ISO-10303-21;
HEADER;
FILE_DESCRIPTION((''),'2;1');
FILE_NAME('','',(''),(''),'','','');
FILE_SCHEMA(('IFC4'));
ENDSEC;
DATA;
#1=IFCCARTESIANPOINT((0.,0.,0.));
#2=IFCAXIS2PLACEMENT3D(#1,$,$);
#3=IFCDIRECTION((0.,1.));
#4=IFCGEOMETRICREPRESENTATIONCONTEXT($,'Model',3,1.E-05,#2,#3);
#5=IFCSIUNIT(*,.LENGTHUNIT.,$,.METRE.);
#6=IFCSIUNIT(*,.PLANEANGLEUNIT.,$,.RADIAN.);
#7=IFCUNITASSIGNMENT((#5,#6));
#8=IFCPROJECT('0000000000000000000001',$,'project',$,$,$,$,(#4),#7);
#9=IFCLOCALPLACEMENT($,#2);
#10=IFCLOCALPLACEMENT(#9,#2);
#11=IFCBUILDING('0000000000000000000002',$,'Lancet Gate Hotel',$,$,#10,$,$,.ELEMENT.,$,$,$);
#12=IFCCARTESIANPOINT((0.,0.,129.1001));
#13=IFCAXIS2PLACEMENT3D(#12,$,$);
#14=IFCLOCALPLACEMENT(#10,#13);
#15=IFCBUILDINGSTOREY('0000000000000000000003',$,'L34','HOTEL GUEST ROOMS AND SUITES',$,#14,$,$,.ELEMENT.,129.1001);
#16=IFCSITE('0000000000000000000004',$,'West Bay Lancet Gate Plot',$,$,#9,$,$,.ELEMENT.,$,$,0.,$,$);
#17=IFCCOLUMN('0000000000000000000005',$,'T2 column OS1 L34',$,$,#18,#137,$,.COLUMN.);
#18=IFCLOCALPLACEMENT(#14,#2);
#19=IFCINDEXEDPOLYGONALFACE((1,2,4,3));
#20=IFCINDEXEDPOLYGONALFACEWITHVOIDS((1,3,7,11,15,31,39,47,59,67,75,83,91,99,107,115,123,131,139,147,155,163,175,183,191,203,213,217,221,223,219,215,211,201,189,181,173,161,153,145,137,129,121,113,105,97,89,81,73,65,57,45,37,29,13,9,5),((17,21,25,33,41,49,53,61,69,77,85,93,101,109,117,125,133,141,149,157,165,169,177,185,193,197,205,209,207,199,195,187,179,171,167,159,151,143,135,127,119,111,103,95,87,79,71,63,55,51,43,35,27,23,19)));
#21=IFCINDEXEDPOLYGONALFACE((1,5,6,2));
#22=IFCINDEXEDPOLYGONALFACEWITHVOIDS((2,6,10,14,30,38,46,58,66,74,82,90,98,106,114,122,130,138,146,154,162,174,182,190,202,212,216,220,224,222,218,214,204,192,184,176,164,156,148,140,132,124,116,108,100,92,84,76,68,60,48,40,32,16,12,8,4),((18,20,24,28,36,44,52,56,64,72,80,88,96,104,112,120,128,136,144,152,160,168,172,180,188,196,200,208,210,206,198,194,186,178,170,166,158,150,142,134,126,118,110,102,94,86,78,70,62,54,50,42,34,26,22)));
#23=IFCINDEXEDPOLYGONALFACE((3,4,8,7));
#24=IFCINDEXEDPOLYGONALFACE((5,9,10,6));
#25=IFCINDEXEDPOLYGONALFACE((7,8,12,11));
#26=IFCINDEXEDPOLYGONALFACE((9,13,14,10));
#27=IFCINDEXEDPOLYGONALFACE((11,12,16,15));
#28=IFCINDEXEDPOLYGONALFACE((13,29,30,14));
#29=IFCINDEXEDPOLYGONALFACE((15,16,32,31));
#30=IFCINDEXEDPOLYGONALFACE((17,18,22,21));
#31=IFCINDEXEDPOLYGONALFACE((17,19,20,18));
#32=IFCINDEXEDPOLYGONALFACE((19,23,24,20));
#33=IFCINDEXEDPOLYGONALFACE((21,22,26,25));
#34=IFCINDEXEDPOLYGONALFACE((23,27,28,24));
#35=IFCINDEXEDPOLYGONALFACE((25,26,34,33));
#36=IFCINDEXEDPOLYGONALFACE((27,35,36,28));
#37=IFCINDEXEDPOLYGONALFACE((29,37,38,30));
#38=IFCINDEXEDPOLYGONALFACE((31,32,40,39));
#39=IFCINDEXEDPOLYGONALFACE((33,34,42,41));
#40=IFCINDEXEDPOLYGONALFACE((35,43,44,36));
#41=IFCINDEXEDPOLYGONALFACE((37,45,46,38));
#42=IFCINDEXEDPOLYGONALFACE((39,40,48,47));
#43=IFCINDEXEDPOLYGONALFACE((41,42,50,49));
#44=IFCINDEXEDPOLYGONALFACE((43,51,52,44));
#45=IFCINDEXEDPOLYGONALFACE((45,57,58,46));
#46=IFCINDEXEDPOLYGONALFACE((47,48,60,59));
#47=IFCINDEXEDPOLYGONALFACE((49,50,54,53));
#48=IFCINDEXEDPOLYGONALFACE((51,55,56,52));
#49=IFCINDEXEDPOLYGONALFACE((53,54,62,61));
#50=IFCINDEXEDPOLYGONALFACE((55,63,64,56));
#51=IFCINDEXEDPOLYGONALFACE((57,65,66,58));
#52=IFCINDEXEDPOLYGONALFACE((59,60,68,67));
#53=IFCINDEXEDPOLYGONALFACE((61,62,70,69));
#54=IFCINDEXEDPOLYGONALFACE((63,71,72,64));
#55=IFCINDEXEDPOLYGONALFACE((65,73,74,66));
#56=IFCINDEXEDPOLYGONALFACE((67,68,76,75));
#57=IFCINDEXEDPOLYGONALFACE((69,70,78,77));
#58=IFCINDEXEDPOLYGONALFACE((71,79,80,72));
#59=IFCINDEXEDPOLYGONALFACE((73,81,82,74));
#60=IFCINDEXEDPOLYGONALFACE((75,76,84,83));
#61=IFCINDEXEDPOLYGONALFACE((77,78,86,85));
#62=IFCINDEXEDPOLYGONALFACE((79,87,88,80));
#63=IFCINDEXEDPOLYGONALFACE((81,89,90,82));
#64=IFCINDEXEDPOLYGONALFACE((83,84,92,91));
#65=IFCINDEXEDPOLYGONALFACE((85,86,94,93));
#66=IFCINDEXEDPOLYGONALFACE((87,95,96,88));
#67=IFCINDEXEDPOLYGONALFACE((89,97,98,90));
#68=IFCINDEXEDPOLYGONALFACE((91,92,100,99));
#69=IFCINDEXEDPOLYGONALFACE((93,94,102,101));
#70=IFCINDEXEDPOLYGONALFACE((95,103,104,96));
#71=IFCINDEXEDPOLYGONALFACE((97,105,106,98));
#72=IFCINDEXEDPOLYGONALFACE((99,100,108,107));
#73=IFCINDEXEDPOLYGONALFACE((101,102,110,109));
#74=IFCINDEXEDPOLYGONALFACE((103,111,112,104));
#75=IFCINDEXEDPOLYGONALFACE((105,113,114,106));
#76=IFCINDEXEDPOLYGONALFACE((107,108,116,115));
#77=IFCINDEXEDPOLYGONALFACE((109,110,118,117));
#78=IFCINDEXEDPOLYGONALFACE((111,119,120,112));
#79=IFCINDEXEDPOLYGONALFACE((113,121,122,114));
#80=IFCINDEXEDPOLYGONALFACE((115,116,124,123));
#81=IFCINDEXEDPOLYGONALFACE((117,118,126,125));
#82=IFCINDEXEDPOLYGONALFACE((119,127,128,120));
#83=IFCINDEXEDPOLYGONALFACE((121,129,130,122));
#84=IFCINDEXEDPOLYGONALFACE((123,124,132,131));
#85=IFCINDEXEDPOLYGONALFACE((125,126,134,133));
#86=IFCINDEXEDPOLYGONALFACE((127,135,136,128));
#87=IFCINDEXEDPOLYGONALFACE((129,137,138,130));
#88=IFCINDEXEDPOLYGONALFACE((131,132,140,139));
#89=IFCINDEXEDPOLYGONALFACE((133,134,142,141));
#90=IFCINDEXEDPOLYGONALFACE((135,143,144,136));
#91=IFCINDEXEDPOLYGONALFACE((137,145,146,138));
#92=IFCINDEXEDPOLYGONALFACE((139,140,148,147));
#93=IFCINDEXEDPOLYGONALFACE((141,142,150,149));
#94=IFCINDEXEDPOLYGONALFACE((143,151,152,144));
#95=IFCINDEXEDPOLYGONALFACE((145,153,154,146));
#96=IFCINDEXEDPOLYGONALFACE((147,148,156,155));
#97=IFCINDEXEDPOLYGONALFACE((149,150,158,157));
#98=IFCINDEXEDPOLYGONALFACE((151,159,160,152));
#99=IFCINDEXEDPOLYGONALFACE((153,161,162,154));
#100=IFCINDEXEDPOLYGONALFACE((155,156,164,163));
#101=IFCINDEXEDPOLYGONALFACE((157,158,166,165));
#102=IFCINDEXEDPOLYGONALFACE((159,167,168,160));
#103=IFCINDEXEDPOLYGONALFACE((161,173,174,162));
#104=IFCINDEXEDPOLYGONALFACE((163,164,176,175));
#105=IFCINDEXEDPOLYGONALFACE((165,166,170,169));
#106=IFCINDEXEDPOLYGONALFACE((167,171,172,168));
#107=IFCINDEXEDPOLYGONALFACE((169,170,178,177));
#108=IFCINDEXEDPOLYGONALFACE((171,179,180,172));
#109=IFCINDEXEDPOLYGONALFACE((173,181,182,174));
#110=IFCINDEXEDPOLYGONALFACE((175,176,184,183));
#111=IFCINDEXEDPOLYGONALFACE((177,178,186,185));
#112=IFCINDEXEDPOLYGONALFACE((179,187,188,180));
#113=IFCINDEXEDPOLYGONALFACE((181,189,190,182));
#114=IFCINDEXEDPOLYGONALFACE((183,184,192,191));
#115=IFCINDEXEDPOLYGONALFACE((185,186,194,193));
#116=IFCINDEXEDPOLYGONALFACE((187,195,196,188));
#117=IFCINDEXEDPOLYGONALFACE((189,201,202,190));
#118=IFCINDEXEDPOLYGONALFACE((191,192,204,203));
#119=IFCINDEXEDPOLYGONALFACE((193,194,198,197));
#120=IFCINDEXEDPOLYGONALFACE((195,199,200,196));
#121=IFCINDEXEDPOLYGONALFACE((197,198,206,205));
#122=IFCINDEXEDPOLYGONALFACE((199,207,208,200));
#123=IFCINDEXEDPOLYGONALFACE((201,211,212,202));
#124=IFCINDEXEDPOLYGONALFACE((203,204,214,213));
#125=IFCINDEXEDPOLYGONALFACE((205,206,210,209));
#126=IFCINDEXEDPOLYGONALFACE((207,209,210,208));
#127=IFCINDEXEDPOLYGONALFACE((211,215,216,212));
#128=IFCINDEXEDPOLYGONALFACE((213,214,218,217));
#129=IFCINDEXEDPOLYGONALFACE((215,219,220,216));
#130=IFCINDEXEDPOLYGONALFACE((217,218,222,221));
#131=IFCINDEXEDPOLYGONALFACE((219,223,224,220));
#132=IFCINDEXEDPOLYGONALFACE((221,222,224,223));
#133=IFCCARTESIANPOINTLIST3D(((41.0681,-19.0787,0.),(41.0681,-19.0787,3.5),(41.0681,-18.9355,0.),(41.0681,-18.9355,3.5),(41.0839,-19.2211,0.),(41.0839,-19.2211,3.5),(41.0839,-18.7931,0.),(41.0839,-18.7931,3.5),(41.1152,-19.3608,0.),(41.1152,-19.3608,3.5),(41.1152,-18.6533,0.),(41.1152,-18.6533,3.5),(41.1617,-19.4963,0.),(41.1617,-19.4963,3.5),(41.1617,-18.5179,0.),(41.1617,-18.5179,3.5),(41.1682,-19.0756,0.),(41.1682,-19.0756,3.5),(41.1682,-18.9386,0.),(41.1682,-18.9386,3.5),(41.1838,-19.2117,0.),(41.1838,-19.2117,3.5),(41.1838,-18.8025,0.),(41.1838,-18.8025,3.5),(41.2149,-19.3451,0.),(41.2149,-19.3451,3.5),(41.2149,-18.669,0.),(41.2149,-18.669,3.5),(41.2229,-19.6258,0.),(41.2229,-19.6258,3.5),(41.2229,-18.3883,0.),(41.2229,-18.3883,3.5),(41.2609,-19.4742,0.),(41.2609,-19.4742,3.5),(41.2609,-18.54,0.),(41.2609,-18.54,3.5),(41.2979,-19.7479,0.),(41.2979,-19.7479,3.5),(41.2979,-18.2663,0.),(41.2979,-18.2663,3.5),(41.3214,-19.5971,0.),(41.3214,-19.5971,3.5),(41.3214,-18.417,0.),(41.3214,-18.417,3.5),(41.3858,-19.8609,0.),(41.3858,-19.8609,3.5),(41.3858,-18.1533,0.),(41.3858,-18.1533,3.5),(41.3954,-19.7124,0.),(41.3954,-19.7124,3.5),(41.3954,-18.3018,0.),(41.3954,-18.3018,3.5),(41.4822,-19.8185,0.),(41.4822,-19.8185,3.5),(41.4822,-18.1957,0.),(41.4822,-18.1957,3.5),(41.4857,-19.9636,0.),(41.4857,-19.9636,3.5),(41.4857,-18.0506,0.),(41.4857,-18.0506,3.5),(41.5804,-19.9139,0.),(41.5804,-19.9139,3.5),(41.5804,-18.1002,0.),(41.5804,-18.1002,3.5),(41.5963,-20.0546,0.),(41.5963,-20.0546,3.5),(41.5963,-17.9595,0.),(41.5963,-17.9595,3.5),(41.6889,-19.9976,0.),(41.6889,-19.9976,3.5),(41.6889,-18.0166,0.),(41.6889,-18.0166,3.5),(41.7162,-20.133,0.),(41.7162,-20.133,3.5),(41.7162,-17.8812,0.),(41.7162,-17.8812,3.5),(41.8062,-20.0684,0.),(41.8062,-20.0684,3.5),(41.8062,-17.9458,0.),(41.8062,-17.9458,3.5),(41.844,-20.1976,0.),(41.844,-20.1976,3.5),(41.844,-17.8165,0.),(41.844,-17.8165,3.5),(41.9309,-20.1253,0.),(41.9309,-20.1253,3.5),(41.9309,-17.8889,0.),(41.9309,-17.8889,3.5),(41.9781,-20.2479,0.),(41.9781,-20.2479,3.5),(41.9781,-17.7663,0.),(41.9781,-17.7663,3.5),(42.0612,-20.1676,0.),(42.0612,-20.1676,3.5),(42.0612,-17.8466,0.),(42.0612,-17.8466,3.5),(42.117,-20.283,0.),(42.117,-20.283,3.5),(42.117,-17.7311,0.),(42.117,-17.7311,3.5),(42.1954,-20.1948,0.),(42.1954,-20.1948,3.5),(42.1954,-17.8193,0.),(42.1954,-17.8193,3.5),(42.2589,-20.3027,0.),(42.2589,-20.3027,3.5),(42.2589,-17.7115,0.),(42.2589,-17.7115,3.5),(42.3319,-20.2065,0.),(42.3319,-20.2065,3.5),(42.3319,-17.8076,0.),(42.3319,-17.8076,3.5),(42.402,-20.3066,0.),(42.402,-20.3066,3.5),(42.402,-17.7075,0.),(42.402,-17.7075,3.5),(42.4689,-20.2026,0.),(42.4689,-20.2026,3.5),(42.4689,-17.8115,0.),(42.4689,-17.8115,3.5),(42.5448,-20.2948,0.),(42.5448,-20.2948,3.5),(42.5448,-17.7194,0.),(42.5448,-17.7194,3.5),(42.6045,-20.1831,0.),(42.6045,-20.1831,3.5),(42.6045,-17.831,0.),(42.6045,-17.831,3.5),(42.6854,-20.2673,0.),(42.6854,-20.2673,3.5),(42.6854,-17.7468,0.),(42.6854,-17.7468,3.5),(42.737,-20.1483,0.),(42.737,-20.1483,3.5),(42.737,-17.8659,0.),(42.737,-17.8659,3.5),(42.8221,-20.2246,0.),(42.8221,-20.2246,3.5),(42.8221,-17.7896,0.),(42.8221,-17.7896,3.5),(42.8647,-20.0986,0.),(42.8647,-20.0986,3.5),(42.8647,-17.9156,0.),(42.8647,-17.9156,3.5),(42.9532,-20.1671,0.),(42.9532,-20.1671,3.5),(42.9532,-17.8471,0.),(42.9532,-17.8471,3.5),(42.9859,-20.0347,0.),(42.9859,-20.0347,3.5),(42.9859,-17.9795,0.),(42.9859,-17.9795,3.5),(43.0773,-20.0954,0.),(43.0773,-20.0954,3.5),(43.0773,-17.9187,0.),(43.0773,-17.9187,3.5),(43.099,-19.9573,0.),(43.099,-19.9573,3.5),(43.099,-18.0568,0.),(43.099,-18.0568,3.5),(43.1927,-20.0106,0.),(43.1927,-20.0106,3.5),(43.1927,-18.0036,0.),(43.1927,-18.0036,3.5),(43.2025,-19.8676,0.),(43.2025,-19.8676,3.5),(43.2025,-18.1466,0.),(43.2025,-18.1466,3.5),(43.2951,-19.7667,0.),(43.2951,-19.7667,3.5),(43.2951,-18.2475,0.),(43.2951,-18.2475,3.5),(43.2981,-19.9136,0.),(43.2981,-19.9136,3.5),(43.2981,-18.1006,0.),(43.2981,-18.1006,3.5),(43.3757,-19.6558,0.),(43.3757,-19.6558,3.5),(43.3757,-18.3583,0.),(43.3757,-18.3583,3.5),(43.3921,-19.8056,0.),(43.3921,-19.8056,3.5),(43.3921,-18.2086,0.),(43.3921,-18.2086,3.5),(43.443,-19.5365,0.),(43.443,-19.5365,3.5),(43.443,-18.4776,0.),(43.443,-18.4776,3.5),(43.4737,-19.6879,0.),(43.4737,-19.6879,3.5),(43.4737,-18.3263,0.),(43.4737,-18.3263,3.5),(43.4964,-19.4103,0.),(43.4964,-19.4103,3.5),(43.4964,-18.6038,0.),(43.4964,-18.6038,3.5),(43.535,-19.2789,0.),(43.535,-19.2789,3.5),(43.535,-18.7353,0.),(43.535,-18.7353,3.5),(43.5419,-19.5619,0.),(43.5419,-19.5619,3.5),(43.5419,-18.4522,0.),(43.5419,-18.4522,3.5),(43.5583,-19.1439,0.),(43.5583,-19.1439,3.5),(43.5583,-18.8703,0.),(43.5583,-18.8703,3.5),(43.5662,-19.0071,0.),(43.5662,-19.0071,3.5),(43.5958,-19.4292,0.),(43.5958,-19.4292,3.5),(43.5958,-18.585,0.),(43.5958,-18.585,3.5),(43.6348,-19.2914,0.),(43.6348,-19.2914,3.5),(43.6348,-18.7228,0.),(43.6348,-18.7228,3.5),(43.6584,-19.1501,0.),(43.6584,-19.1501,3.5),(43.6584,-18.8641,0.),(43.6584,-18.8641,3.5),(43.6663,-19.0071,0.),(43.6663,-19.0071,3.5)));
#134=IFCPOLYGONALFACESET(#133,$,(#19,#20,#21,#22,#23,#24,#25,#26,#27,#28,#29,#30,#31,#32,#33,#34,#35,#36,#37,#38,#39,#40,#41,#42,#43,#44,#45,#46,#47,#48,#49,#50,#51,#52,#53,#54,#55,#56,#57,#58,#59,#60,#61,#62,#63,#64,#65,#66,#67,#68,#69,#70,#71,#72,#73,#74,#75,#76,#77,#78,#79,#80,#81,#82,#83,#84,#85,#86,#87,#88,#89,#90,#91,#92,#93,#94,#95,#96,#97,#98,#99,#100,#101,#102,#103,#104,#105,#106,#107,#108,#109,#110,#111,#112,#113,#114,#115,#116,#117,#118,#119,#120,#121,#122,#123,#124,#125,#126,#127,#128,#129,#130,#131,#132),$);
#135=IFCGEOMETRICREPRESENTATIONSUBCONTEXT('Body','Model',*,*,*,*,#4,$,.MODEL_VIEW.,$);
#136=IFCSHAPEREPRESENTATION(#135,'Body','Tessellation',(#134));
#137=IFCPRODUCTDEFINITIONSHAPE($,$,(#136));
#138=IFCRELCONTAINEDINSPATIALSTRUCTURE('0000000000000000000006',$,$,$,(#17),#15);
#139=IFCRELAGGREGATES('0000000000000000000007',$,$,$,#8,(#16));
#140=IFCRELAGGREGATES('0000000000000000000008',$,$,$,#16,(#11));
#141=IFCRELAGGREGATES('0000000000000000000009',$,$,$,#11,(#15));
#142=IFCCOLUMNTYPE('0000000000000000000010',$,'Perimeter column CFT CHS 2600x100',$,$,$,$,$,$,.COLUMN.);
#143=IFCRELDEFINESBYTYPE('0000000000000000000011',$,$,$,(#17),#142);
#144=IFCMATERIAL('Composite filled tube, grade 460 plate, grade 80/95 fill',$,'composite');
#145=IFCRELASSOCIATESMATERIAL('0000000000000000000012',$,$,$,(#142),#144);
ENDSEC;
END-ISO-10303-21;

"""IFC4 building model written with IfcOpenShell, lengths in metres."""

from ifc_helpers import new_model, si_unit, direction, frame, origin, origin_2d, place, context, subcontext, project, spatial, hollow_circle, extrude, material, material_profile, profile_set, type_object, element, save


model = new_model("IFC4")

# Units and contexts
model_context = context("Model", 3, precision=1e-05, world=origin(), true_north=direction((0.0, 1.0)))
body_context = subcontext(model_context, "Body", "Model", "MODEL_VIEW")
ifc_project = project(units=[si_unit("LENGTHUNIT", "METRE"), si_unit("PLANEANGLEUNIT", "RADIAN")], contexts=[model_context])

# Site, building, storey
site_placement = place(None, origin())
site = spatial("IfcSite", under=ifc_project, at=site_placement, Name="West Bay Lancet Gate Plot", CompositionType="ELEMENT", RefElevation=0.0)
building_placement = place(site_placement, origin())
building = spatial("IfcBuilding", under=site, at=building_placement, Name="Lancet Gate Hotel", CompositionType="ELEMENT")
storey_placement = place(building_placement, frame((0.0, 0.0, 129.1001)))
storey = spatial("IfcBuildingStorey", under=building, at=storey_placement, Name="L34", Description="HOTEL GUEST ROOMS AND SUITES", CompositionType="ELEMENT", Elevation=129.1001)

# Column
ifc_material_1 = material(Name="Composite filled tube, grade 460 plate, grade 80/95 fill", Category="composite")
ifc_material_profile_1 = material_profile(ifc_material_1, hollow_circle(Radius=1.3, WallThickness=0.1001, at=origin_2d()), Name="CHS 2600x100")
ifc_profile_set_1 = profile_set([ifc_material_profile_1], Name="Composite filled tube, grade 460 plate, grade 80/95 fill")
column_type = type_object("IfcColumnType", Name="Perimeter column CFT CHS 2600x100", PredefinedType="COLUMN", material=ifc_profile_set_1)
for number, where, z_axis, x_axis, name in (
    (1, (42.3662, -19.0071, 0.0), (0.0, 0.0, 1.0), (1.0, 0.0, 0.0), "T2 column OS1 L34"),
):
    element("IfcColumn", number, at=place(storey_placement, frame(where, z_axis=z_axis, x_axis=x_axis)), inside=storey, type_object=column_type, Name=name, PredefinedType="COLUMN", context=body_context, shape_type="SweptSolid", body=[
        extrude(hollow_circle(Radius=1.3, WallThickness=0.1001, at=origin_2d()), origin(), (0.0, 0.0, 1.0), 3.5),
    ])

save(model, "model.ifc")
